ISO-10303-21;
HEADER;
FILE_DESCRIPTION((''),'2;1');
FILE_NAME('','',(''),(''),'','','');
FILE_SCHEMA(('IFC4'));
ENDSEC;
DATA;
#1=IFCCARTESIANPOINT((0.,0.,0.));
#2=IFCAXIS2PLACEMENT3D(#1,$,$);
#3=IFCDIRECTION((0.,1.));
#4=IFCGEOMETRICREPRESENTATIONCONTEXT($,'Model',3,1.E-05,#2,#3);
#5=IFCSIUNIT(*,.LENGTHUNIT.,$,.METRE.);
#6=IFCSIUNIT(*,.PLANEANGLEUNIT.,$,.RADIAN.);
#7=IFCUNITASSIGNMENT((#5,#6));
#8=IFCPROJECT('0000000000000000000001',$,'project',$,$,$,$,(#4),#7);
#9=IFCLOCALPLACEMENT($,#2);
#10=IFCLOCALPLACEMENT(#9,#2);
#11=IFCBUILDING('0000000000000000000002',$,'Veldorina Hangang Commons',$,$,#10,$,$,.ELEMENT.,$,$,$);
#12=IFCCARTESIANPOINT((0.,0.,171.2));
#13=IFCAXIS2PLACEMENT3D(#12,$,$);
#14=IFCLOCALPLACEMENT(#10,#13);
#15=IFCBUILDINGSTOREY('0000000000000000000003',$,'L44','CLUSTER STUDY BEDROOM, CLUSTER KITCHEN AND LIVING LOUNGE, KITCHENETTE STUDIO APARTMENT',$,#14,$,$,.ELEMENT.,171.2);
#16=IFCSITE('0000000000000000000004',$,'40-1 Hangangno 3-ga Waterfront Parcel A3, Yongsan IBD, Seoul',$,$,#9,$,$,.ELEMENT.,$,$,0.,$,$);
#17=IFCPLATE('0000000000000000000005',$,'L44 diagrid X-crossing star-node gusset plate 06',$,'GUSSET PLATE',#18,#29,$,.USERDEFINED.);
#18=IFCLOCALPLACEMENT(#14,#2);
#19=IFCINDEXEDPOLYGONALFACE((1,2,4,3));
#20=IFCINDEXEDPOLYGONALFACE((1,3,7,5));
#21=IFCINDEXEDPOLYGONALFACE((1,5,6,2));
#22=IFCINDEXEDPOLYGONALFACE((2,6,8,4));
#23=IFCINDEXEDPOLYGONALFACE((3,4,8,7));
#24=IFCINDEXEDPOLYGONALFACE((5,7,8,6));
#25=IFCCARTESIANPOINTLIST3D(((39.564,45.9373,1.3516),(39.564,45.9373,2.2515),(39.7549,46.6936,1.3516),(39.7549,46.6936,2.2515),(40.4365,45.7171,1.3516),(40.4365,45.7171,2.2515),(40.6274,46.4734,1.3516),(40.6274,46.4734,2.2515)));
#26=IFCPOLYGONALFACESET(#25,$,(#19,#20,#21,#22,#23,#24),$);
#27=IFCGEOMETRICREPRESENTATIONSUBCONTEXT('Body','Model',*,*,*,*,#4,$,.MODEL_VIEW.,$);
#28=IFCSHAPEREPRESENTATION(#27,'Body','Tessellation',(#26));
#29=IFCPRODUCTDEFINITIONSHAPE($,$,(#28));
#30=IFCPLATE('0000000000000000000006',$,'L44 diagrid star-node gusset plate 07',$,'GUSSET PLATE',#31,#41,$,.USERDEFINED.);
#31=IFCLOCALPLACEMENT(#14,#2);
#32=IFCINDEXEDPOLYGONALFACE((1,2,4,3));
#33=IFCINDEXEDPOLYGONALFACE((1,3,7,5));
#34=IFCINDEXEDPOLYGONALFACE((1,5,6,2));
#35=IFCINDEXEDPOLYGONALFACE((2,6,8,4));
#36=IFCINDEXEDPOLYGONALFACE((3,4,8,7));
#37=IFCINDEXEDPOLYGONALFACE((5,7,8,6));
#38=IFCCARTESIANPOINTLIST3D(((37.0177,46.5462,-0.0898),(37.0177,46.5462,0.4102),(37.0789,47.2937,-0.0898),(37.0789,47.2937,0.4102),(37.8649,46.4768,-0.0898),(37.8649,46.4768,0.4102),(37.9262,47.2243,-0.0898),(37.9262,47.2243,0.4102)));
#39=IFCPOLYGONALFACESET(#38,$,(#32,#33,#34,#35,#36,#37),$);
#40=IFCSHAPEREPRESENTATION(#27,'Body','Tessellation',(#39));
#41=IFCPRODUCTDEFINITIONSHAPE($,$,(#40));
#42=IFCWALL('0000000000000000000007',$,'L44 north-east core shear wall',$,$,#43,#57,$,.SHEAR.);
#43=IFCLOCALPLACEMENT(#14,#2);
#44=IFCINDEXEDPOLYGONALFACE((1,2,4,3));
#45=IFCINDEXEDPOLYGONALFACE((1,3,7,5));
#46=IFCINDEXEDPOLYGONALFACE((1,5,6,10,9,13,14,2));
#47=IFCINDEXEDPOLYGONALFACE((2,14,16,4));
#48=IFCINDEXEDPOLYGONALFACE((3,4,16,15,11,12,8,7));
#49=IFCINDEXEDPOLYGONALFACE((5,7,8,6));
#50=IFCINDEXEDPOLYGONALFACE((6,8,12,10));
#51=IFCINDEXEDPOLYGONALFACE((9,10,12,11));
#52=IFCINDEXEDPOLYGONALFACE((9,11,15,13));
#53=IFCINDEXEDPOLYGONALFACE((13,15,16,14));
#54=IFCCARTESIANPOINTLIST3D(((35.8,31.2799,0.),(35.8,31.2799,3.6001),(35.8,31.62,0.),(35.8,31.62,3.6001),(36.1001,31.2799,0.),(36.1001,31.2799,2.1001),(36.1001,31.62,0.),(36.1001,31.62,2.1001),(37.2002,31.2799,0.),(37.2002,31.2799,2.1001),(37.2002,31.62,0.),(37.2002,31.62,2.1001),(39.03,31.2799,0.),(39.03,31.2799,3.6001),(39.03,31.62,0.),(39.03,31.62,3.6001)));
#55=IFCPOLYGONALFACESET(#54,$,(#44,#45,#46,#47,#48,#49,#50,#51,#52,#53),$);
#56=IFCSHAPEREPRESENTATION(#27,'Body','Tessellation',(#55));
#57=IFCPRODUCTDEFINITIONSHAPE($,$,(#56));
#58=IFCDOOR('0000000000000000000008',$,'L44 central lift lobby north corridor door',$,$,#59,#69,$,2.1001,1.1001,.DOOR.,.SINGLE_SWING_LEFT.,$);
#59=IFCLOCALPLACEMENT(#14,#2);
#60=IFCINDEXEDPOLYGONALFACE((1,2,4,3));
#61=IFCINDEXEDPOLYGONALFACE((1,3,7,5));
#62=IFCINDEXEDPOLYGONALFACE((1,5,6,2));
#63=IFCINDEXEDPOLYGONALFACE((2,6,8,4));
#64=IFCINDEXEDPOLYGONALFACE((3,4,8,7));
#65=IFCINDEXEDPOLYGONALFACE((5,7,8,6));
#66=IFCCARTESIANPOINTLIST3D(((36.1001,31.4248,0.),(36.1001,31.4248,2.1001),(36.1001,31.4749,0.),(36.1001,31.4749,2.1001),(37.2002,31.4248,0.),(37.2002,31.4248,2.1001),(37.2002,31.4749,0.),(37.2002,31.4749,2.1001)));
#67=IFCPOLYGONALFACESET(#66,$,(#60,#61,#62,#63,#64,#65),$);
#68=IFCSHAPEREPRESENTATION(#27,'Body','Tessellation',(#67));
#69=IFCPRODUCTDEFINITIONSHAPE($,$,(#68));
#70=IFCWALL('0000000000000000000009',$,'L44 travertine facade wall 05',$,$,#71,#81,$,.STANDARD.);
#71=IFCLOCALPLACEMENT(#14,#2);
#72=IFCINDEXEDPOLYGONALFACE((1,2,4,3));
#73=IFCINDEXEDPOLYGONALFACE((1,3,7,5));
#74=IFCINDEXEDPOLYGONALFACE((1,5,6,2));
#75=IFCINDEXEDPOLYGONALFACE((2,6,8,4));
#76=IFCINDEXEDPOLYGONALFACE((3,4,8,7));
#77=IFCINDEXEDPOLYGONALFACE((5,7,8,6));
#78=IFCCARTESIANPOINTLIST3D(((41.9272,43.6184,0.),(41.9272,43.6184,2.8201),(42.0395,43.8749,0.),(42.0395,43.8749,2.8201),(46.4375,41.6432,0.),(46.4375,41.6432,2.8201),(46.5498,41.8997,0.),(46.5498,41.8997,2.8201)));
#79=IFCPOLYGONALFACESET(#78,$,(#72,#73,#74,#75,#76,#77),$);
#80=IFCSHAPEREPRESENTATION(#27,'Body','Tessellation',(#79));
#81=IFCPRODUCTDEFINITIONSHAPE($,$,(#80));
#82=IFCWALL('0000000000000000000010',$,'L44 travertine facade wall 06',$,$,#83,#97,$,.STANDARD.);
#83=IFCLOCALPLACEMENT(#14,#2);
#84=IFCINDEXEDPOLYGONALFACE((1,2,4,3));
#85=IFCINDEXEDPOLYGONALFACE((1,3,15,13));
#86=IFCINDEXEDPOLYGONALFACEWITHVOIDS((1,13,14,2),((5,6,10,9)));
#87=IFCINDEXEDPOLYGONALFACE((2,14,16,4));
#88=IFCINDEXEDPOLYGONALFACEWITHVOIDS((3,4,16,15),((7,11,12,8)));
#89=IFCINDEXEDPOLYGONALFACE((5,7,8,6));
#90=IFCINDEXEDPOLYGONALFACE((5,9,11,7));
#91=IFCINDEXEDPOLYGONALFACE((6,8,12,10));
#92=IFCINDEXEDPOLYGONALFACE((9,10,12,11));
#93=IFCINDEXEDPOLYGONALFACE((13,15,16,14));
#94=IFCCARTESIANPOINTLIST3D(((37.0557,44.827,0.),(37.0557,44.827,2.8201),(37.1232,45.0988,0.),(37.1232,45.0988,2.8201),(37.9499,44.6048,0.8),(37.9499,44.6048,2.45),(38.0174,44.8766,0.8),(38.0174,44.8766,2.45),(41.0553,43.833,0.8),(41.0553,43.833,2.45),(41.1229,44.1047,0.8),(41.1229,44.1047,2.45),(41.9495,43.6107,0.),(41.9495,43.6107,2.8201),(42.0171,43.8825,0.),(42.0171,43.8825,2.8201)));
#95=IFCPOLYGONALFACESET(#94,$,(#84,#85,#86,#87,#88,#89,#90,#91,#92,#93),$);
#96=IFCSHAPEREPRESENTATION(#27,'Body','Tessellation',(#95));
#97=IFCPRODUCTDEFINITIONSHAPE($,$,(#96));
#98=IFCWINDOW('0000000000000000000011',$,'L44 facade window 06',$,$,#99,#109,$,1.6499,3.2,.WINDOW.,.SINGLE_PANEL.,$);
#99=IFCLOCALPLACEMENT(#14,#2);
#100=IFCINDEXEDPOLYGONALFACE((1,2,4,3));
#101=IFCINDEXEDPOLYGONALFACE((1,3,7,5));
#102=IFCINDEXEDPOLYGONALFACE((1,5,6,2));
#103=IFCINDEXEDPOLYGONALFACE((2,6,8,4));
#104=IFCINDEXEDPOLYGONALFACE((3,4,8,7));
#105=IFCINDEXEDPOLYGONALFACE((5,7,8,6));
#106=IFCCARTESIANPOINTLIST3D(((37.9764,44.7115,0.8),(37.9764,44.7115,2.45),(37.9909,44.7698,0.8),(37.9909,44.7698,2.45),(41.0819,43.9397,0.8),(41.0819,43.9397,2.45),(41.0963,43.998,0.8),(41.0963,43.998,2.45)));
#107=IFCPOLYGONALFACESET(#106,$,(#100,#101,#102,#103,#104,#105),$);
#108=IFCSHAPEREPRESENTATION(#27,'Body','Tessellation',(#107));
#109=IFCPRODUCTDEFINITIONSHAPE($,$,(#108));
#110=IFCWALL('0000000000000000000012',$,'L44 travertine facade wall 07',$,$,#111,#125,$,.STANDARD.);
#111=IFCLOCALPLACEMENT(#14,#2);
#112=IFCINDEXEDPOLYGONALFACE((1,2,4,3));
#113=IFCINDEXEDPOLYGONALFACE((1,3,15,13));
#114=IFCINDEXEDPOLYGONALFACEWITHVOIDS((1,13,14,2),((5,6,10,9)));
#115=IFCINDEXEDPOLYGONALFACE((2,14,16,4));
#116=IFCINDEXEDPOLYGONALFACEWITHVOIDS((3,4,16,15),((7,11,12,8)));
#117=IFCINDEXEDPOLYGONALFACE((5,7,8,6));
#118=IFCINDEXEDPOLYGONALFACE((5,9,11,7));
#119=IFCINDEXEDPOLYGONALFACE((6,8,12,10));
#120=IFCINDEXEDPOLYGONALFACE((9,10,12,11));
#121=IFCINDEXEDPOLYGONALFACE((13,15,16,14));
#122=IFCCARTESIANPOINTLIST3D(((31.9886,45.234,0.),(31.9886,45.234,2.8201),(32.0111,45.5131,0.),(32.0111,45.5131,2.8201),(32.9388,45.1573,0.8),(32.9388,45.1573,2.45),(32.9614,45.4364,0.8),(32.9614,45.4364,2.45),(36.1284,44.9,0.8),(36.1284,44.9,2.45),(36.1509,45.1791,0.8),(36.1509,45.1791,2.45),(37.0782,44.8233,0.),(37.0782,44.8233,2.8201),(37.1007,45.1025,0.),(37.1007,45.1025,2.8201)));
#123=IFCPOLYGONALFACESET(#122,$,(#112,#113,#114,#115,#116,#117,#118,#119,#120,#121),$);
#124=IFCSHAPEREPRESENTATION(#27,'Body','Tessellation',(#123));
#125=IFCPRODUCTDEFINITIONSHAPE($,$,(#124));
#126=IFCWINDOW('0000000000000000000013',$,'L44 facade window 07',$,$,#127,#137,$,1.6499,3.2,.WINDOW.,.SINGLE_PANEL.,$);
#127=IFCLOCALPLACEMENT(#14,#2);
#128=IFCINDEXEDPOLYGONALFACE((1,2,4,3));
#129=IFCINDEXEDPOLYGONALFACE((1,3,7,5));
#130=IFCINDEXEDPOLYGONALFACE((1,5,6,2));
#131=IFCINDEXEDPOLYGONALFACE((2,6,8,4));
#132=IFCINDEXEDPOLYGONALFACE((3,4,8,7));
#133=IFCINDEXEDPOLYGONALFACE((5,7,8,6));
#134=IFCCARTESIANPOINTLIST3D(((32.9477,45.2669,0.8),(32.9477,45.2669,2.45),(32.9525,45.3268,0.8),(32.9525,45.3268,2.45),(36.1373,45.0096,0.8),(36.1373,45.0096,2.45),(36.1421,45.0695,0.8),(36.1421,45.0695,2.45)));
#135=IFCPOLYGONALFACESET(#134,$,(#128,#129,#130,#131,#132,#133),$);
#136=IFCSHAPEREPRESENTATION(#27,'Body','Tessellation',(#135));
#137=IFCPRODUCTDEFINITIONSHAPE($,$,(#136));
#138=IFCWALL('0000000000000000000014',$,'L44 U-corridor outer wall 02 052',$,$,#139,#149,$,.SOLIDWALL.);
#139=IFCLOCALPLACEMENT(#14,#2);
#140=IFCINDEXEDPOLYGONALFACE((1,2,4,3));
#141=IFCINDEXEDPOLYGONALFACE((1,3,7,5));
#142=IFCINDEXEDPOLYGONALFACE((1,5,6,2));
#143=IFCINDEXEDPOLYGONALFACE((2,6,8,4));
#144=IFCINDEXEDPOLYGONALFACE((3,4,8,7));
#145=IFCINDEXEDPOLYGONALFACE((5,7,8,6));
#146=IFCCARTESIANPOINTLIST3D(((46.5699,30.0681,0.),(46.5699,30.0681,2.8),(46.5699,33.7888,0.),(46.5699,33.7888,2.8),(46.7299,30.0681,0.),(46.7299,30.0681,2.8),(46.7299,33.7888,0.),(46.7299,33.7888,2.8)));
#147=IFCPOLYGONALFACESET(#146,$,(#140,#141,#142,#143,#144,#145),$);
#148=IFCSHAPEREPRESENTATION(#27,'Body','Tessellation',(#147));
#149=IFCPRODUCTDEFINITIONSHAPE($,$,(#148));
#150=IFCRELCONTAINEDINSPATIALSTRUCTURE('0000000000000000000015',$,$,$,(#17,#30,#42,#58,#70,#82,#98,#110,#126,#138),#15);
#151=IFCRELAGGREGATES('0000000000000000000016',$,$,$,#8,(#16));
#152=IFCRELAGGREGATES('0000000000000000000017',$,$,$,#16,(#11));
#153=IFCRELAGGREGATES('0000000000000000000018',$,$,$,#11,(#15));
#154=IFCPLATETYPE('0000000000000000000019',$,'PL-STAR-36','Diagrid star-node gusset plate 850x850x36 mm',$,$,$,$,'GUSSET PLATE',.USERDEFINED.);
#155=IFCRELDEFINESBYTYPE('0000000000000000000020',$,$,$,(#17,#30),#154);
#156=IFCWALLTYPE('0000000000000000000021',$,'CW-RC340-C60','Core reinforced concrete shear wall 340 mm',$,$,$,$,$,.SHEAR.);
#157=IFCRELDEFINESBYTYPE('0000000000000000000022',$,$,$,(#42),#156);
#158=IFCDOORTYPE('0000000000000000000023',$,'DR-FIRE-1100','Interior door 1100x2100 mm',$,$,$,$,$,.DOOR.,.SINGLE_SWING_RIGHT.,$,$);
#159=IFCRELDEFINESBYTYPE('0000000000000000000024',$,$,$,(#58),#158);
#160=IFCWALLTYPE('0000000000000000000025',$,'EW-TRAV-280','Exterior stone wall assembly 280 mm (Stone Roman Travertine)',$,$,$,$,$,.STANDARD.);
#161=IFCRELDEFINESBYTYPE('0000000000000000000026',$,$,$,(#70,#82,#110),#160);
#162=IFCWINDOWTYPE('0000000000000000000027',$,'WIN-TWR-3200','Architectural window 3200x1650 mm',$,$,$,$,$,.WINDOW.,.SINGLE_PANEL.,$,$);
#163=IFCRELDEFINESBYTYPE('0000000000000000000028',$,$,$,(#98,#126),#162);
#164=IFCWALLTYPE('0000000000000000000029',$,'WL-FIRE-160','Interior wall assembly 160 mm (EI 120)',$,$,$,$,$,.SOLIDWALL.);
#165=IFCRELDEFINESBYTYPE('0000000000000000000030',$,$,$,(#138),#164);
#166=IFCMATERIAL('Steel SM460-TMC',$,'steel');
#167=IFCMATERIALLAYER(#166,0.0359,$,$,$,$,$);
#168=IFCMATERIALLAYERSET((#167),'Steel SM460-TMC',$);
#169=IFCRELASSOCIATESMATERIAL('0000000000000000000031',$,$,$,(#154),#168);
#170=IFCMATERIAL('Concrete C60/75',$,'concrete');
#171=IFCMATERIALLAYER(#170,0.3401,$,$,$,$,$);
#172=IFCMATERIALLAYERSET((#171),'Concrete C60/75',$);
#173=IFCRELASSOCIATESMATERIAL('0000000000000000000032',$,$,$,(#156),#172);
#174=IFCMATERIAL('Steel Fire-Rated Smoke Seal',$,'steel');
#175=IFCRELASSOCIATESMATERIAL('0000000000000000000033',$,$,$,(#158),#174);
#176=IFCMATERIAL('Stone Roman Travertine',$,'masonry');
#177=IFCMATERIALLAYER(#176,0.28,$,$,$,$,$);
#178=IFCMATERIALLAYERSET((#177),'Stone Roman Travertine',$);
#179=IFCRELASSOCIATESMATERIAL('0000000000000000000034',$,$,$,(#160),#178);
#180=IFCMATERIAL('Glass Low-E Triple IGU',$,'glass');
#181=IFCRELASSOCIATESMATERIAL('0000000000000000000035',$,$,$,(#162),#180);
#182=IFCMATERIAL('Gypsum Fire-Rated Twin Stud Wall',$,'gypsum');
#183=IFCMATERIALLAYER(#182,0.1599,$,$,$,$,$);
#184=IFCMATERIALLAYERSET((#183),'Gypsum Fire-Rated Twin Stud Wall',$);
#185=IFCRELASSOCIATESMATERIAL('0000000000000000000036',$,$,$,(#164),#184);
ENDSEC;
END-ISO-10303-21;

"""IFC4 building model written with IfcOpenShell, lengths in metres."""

from ifc_helpers import new_model, si_unit, direction, frame, frame_2d, origin, origin_2d, place, context, subcontext, project, spatial, rectangle, extrude, material, layer, layer_set, type_object, element, fill, save


model = new_model("IFC4")

# Units and contexts
model_context = context("Model", 3, precision=1e-05, world=origin(), true_north=direction((0.0, 1.0)))
body_context = subcontext(model_context, "Body", "Model", "MODEL_VIEW")
ifc_project = project(units=[si_unit("LENGTHUNIT", "METRE"), si_unit("PLANEANGLEUNIT", "RADIAN")], contexts=[model_context])

# Site, building, storey
site_placement = place(None, origin())
site = spatial("IfcSite", under=ifc_project, at=site_placement, Name="40-1 Hangangno 3-ga Waterfront Parcel A3, Yongsan IBD, Seoul", CompositionType="ELEMENT", RefElevation=0.0)
building_placement = place(site_placement, origin())
building = spatial("IfcBuilding", under=site, at=building_placement, Name="Veldorina Hangang Commons", CompositionType="ELEMENT")
storey_placement = place(building_placement, frame((0.0, 0.0, 171.2)))
storey = spatial("IfcBuildingStorey", under=building, at=storey_placement, Name="L44", Description="CLUSTER STUDY BEDROOM, CLUSTER KITCHEN AND LIVING LOUNGE, KITCHENETTE STUDIO APARTMENT", CompositionType="ELEMENT", Elevation=171.2)

# Plates
ifc_material_1 = material(Name="Steel SM460-TMC", Category="steel")
ifc_layer_1 = layer(ifc_material_1, 0.0359)
ifc_layer_set_1 = layer_set([ifc_layer_1], Name="Steel SM460-TMC")
plate_type = type_object("IfcPlateType", Name="PL-STAR-36", Description="Diagrid star-node gusset plate 850x850x36 mm", ElementType="GUSSET PLATE", PredefinedType="USERDEFINED", material=ifc_layer_set_1)
plate_1_placement = place(storey_placement, frame((40.0957, 46.2053, 1.3516), z_axis=(0.0, 0.0, 1.0), x_axis=(-0.969595, 0.244715, 0.0)))
element("IfcPlate", 1, at=plate_1_placement, inside=storey, type_object=plate_type, Name="L44 diagrid X-crossing star-node gusset plate 06", ObjectType="GUSSET PLATE", PredefinedType="USERDEFINED", context=body_context, shape_type="SweptSolid", body=[
    extrude(rectangle(XDim=0.8999, YDim=0.78, at=origin_2d()), origin(), (0.0, 0.0, 1.0), 0.8999),
])
plate_2_placement = place(storey_placement, frame((37.4719, 46.8853, -0.0898), z_axis=(0.0, 0.0, 1.0), x_axis=(-0.99666, 0.08166, 0.0)))
element("IfcPlate", 2, at=plate_2_placement, inside=storey, type_object=plate_type, Name="L44 diagrid star-node gusset plate 07", ObjectType="GUSSET PLATE", PredefinedType="USERDEFINED", context=body_context, shape_type="SweptSolid", body=[
    extrude(rectangle(XDim=0.8501, YDim=0.75, at=origin_2d()), origin(), (0.0, 0.0, 1.0), 0.5),
])

# Wall, opening, door
ifc_material_2 = material(Name="Concrete C60/75", Category="concrete")
ifc_layer_2 = layer(ifc_material_2, 0.3401)
ifc_layer_set_2 = layer_set([ifc_layer_2], Name="Concrete C60/75")
wall_type_1 = type_object("IfcWallType", Name="CW-RC340-C60", Description="Core reinforced concrete shear wall 340 mm", PredefinedType="SHEAR", material=ifc_layer_set_2)
wall_1_placement = place(storey_placement, frame((35.8, 31.45, 0.0), z_axis=(0.0, 0.0, 1.0), x_axis=(1.0, 0.0, 0.0)))
wall_1 = element("IfcWall", 3, at=wall_1_placement, inside=storey, type_object=wall_type_1, Name="L44 north-east core shear wall", PredefinedType="SHEAR", context=body_context, shape_type="SweptSolid", body=[
    extrude(rectangle(XDim=3.23, YDim=0.3401, at=frame_2d((1.615, 0.0))), origin(), (0.0, 0.0, 1.0), 3.6001),
])
opening_1_placement = place(wall_1_placement, frame((0.3, 0.0, 0.0)))
opening_1 = element("IfcOpeningElement", 4, at=opening_1_placement, cuts=wall_1, PredefinedType="OPENING", context=body_context, shape_type="SweptSolid", body=[
    extrude(rectangle(XDim=1.1001, YDim=2.1001, at=frame_2d((0.55, 1.05))), frame((0.0, 0.1802, 0.0), z_axis=(0.0, -1.0, 0.0), x_axis=(1.0, 0.0, 0.0)), (0.0, 0.0, 1.0), 0.3601),
])
ifc_material_3 = material(Name="Steel Fire-Rated Smoke Seal", Category="steel")
door_type_1 = type_object("IfcDoorType", Name="DR-FIRE-1100", Description="Interior door 1100x2100 mm", OperationType="SINGLE_SWING_RIGHT", PredefinedType="DOOR", material=ifc_material_3)
door_1_placement = place(opening_1_placement, origin())
door_1 = element("IfcDoor", 5, at=door_1_placement, inside=storey, type_object=door_type_1, Name="L44 central lift lobby north corridor door", OperationType="SINGLE_SWING_LEFT", OverallHeight=2.1001, OverallWidth=1.1001, PredefinedType="DOOR", context=body_context, shape_type="SweptSolid", body=[
    extrude(rectangle(XDim=1.1001, YDim=2.1001, at=frame_2d((0.55, 1.05))), frame((0.0, 0.0249, 0.0), z_axis=(0.0, -1.0, 0.0), x_axis=(1.0, 0.0, 0.0)), (0.0, 0.0, 1.0), 0.05),
])
fill(opening_1, door_1)

# Wall
ifc_material_4 = material(Name="Stone Roman Travertine", Category="masonry")
ifc_layer_3 = layer(ifc_material_4, 0.28)
ifc_layer_set_3 = layer_set([ifc_layer_3], Name="Stone Roman Travertine")
wall_type_2 = type_object("IfcWallType", Name="EW-TRAV-280", Description="Exterior stone wall assembly 280 mm (Stone Roman Travertine)", PredefinedType="STANDARD", material=ifc_layer_set_3)
wall_2_placement = place(storey_placement, frame((46.4937, 41.7715, 0.0), z_axis=(0.0, 0.0, 1.0), x_axis=(-0.916018, 0.401136, 0.0)))
element("IfcWall", 6, at=wall_2_placement, inside=storey, type_object=wall_type_2, Name="L44 travertine facade wall 05", PredefinedType="STANDARD", context=body_context, shape_type="SweptSolid", body=[
    extrude(rectangle(XDim=4.9238, YDim=0.28, at=frame_2d((2.4619, 0.0))), origin(), (0.0, 0.0, 1.0), 2.8201),
])

# Walls, openings, windows
wall_3_placement = place(storey_placement, frame((41.9834, 43.7466, 0.0), z_axis=(0.0, 0.0, 1.0), x_axis=(-0.970475, 0.241203, 0.0)))
wall_3 = element("IfcWall", 7, at=wall_3_placement, inside=storey, type_object=wall_type_2, Name="L44 travertine facade wall 06", PredefinedType="STANDARD", context=body_context, shape_type="SweptSolid", body=[
    extrude(rectangle(XDim=5.0427, YDim=0.28, at=frame_2d((2.5215, 0.0))), origin(), (0.0, 0.0, 1.0), 2.8201),
])
opening_2_placement = place(wall_3_placement, frame((0.9214, 0.0, 0.8)))
opening_2 = element("IfcOpeningElement", 8, at=opening_2_placement, cuts=wall_3, PredefinedType="OPENING", context=body_context, shape_type="SweptSolid", body=[
    extrude(rectangle(XDim=3.2, YDim=1.6499, at=frame_2d((1.6001, 0.825))), frame((0.0, 0.1499, 0.0), z_axis=(0.0, -1.0, 0.0), x_axis=(1.0, 0.0, 0.0)), (0.0, 0.0, 1.0), 0.3),
])
ifc_material_5 = material(Name="Glass Low-E Triple IGU", Category="glass")
window_type = type_object("IfcWindowType", Name="WIN-TWR-3200", Description="Architectural window 3200x1650 mm", PartitioningType="SINGLE_PANEL", PredefinedType="WINDOW", material=ifc_material_5)
window_1_placement = place(opening_2_placement, origin())
window_1 = element("IfcWindow", 9, at=window_1_placement, inside=storey, type_object=window_type, Name="L44 facade window 06", OverallHeight=1.6499, OverallWidth=3.2, PartitioningType="SINGLE_PANEL", PredefinedType="WINDOW", context=body_context, shape_type="SweptSolid", body=[
    extrude(rectangle(XDim=3.2, YDim=1.6499, at=frame_2d((1.6001, 0.825))), frame((0.0, 0.03, 0.0), z_axis=(0.0, -1.0, 0.0), x_axis=(1.0, 0.0, 0.0)), (0.0, 0.0, 1.0), 0.0601),
])
fill(opening_2, window_1)
wall_4_placement = place(storey_placement, frame((37.0896, 44.9629, 0.0), z_axis=(0.0, 0.0, 1.0), x_axis=(-0.996761, 0.080422, 0.0)))
wall_4 = element("IfcWall", 10, at=wall_4_placement, inside=storey, type_object=wall_type_2, Name="L44 travertine facade wall 07", PredefinedType="STANDARD", context=body_context, shape_type="SweptSolid", body=[
    extrude(rectangle(XDim=5.1062, YDim=0.28, at=frame_2d((2.5532, 0.0))), origin(), (0.0, 0.0, 1.0), 2.8201),
])
opening_3_placement = place(wall_4_placement, frame((0.9529, 0.0, 0.8)))
opening_3 = element("IfcOpeningElement", 11, at=opening_3_placement, cuts=wall_4, PredefinedType="OPENING", context=body_context, shape_type="SweptSolid", body=[
    extrude(rectangle(XDim=3.2, YDim=1.6499, at=frame_2d((1.6001, 0.825))), frame((0.0, 0.1499, 0.0), z_axis=(0.0, -1.0, 0.0), x_axis=(1.0, 0.0, 0.0)), (0.0, 0.0, 1.0), 0.3),
])
window_2_placement = place(opening_3_placement, origin())
window_2 = element("IfcWindow", 12, at=window_2_placement, inside=storey, type_object=window_type, Name="L44 facade window 07", OverallHeight=1.6499, OverallWidth=3.2, PartitioningType="SINGLE_PANEL", PredefinedType="WINDOW", context=body_context, shape_type="SweptSolid", body=[
    extrude(rectangle(XDim=3.2, YDim=1.6499, at=frame_2d((1.6001, 0.825))), frame((0.0, 0.03, 0.0), z_axis=(0.0, -1.0, 0.0), x_axis=(1.0, 0.0, 0.0)), (0.0, 0.0, 1.0), 0.0601),
])
fill(opening_3, window_2)

# Wall
ifc_material_6 = material(Name="Gypsum Fire-Rated Twin Stud Wall", Category="gypsum")
ifc_layer_4 = layer(ifc_material_6, 0.1599)
ifc_layer_set_4 = layer_set([ifc_layer_4], Name="Gypsum Fire-Rated Twin Stud Wall")
wall_type_3 = type_object("IfcWallType", Name="WL-FIRE-160", Description="Interior wall assembly 160 mm (EI 120)", PredefinedType="SOLIDWALL", material=ifc_layer_set_4)
wall_5_placement = place(storey_placement, frame((46.6499, 30.0681, 0.0), z_axis=(0.0, 0.0, 1.0), x_axis=(0.0, 1.0, 0.0)))
element("IfcWall", 13, at=wall_5_placement, inside=storey, type_object=wall_type_3, Name="L44 U-corridor outer wall 02 052", PredefinedType="SOLIDWALL", context=body_context, shape_type="SweptSolid", body=[
    extrude(rectangle(XDim=3.7207, YDim=0.1599, at=frame_2d((1.8604, 0.0))), origin(), (0.0, 0.0, 1.0), 2.8),
])

save(model, "model.ifc")
